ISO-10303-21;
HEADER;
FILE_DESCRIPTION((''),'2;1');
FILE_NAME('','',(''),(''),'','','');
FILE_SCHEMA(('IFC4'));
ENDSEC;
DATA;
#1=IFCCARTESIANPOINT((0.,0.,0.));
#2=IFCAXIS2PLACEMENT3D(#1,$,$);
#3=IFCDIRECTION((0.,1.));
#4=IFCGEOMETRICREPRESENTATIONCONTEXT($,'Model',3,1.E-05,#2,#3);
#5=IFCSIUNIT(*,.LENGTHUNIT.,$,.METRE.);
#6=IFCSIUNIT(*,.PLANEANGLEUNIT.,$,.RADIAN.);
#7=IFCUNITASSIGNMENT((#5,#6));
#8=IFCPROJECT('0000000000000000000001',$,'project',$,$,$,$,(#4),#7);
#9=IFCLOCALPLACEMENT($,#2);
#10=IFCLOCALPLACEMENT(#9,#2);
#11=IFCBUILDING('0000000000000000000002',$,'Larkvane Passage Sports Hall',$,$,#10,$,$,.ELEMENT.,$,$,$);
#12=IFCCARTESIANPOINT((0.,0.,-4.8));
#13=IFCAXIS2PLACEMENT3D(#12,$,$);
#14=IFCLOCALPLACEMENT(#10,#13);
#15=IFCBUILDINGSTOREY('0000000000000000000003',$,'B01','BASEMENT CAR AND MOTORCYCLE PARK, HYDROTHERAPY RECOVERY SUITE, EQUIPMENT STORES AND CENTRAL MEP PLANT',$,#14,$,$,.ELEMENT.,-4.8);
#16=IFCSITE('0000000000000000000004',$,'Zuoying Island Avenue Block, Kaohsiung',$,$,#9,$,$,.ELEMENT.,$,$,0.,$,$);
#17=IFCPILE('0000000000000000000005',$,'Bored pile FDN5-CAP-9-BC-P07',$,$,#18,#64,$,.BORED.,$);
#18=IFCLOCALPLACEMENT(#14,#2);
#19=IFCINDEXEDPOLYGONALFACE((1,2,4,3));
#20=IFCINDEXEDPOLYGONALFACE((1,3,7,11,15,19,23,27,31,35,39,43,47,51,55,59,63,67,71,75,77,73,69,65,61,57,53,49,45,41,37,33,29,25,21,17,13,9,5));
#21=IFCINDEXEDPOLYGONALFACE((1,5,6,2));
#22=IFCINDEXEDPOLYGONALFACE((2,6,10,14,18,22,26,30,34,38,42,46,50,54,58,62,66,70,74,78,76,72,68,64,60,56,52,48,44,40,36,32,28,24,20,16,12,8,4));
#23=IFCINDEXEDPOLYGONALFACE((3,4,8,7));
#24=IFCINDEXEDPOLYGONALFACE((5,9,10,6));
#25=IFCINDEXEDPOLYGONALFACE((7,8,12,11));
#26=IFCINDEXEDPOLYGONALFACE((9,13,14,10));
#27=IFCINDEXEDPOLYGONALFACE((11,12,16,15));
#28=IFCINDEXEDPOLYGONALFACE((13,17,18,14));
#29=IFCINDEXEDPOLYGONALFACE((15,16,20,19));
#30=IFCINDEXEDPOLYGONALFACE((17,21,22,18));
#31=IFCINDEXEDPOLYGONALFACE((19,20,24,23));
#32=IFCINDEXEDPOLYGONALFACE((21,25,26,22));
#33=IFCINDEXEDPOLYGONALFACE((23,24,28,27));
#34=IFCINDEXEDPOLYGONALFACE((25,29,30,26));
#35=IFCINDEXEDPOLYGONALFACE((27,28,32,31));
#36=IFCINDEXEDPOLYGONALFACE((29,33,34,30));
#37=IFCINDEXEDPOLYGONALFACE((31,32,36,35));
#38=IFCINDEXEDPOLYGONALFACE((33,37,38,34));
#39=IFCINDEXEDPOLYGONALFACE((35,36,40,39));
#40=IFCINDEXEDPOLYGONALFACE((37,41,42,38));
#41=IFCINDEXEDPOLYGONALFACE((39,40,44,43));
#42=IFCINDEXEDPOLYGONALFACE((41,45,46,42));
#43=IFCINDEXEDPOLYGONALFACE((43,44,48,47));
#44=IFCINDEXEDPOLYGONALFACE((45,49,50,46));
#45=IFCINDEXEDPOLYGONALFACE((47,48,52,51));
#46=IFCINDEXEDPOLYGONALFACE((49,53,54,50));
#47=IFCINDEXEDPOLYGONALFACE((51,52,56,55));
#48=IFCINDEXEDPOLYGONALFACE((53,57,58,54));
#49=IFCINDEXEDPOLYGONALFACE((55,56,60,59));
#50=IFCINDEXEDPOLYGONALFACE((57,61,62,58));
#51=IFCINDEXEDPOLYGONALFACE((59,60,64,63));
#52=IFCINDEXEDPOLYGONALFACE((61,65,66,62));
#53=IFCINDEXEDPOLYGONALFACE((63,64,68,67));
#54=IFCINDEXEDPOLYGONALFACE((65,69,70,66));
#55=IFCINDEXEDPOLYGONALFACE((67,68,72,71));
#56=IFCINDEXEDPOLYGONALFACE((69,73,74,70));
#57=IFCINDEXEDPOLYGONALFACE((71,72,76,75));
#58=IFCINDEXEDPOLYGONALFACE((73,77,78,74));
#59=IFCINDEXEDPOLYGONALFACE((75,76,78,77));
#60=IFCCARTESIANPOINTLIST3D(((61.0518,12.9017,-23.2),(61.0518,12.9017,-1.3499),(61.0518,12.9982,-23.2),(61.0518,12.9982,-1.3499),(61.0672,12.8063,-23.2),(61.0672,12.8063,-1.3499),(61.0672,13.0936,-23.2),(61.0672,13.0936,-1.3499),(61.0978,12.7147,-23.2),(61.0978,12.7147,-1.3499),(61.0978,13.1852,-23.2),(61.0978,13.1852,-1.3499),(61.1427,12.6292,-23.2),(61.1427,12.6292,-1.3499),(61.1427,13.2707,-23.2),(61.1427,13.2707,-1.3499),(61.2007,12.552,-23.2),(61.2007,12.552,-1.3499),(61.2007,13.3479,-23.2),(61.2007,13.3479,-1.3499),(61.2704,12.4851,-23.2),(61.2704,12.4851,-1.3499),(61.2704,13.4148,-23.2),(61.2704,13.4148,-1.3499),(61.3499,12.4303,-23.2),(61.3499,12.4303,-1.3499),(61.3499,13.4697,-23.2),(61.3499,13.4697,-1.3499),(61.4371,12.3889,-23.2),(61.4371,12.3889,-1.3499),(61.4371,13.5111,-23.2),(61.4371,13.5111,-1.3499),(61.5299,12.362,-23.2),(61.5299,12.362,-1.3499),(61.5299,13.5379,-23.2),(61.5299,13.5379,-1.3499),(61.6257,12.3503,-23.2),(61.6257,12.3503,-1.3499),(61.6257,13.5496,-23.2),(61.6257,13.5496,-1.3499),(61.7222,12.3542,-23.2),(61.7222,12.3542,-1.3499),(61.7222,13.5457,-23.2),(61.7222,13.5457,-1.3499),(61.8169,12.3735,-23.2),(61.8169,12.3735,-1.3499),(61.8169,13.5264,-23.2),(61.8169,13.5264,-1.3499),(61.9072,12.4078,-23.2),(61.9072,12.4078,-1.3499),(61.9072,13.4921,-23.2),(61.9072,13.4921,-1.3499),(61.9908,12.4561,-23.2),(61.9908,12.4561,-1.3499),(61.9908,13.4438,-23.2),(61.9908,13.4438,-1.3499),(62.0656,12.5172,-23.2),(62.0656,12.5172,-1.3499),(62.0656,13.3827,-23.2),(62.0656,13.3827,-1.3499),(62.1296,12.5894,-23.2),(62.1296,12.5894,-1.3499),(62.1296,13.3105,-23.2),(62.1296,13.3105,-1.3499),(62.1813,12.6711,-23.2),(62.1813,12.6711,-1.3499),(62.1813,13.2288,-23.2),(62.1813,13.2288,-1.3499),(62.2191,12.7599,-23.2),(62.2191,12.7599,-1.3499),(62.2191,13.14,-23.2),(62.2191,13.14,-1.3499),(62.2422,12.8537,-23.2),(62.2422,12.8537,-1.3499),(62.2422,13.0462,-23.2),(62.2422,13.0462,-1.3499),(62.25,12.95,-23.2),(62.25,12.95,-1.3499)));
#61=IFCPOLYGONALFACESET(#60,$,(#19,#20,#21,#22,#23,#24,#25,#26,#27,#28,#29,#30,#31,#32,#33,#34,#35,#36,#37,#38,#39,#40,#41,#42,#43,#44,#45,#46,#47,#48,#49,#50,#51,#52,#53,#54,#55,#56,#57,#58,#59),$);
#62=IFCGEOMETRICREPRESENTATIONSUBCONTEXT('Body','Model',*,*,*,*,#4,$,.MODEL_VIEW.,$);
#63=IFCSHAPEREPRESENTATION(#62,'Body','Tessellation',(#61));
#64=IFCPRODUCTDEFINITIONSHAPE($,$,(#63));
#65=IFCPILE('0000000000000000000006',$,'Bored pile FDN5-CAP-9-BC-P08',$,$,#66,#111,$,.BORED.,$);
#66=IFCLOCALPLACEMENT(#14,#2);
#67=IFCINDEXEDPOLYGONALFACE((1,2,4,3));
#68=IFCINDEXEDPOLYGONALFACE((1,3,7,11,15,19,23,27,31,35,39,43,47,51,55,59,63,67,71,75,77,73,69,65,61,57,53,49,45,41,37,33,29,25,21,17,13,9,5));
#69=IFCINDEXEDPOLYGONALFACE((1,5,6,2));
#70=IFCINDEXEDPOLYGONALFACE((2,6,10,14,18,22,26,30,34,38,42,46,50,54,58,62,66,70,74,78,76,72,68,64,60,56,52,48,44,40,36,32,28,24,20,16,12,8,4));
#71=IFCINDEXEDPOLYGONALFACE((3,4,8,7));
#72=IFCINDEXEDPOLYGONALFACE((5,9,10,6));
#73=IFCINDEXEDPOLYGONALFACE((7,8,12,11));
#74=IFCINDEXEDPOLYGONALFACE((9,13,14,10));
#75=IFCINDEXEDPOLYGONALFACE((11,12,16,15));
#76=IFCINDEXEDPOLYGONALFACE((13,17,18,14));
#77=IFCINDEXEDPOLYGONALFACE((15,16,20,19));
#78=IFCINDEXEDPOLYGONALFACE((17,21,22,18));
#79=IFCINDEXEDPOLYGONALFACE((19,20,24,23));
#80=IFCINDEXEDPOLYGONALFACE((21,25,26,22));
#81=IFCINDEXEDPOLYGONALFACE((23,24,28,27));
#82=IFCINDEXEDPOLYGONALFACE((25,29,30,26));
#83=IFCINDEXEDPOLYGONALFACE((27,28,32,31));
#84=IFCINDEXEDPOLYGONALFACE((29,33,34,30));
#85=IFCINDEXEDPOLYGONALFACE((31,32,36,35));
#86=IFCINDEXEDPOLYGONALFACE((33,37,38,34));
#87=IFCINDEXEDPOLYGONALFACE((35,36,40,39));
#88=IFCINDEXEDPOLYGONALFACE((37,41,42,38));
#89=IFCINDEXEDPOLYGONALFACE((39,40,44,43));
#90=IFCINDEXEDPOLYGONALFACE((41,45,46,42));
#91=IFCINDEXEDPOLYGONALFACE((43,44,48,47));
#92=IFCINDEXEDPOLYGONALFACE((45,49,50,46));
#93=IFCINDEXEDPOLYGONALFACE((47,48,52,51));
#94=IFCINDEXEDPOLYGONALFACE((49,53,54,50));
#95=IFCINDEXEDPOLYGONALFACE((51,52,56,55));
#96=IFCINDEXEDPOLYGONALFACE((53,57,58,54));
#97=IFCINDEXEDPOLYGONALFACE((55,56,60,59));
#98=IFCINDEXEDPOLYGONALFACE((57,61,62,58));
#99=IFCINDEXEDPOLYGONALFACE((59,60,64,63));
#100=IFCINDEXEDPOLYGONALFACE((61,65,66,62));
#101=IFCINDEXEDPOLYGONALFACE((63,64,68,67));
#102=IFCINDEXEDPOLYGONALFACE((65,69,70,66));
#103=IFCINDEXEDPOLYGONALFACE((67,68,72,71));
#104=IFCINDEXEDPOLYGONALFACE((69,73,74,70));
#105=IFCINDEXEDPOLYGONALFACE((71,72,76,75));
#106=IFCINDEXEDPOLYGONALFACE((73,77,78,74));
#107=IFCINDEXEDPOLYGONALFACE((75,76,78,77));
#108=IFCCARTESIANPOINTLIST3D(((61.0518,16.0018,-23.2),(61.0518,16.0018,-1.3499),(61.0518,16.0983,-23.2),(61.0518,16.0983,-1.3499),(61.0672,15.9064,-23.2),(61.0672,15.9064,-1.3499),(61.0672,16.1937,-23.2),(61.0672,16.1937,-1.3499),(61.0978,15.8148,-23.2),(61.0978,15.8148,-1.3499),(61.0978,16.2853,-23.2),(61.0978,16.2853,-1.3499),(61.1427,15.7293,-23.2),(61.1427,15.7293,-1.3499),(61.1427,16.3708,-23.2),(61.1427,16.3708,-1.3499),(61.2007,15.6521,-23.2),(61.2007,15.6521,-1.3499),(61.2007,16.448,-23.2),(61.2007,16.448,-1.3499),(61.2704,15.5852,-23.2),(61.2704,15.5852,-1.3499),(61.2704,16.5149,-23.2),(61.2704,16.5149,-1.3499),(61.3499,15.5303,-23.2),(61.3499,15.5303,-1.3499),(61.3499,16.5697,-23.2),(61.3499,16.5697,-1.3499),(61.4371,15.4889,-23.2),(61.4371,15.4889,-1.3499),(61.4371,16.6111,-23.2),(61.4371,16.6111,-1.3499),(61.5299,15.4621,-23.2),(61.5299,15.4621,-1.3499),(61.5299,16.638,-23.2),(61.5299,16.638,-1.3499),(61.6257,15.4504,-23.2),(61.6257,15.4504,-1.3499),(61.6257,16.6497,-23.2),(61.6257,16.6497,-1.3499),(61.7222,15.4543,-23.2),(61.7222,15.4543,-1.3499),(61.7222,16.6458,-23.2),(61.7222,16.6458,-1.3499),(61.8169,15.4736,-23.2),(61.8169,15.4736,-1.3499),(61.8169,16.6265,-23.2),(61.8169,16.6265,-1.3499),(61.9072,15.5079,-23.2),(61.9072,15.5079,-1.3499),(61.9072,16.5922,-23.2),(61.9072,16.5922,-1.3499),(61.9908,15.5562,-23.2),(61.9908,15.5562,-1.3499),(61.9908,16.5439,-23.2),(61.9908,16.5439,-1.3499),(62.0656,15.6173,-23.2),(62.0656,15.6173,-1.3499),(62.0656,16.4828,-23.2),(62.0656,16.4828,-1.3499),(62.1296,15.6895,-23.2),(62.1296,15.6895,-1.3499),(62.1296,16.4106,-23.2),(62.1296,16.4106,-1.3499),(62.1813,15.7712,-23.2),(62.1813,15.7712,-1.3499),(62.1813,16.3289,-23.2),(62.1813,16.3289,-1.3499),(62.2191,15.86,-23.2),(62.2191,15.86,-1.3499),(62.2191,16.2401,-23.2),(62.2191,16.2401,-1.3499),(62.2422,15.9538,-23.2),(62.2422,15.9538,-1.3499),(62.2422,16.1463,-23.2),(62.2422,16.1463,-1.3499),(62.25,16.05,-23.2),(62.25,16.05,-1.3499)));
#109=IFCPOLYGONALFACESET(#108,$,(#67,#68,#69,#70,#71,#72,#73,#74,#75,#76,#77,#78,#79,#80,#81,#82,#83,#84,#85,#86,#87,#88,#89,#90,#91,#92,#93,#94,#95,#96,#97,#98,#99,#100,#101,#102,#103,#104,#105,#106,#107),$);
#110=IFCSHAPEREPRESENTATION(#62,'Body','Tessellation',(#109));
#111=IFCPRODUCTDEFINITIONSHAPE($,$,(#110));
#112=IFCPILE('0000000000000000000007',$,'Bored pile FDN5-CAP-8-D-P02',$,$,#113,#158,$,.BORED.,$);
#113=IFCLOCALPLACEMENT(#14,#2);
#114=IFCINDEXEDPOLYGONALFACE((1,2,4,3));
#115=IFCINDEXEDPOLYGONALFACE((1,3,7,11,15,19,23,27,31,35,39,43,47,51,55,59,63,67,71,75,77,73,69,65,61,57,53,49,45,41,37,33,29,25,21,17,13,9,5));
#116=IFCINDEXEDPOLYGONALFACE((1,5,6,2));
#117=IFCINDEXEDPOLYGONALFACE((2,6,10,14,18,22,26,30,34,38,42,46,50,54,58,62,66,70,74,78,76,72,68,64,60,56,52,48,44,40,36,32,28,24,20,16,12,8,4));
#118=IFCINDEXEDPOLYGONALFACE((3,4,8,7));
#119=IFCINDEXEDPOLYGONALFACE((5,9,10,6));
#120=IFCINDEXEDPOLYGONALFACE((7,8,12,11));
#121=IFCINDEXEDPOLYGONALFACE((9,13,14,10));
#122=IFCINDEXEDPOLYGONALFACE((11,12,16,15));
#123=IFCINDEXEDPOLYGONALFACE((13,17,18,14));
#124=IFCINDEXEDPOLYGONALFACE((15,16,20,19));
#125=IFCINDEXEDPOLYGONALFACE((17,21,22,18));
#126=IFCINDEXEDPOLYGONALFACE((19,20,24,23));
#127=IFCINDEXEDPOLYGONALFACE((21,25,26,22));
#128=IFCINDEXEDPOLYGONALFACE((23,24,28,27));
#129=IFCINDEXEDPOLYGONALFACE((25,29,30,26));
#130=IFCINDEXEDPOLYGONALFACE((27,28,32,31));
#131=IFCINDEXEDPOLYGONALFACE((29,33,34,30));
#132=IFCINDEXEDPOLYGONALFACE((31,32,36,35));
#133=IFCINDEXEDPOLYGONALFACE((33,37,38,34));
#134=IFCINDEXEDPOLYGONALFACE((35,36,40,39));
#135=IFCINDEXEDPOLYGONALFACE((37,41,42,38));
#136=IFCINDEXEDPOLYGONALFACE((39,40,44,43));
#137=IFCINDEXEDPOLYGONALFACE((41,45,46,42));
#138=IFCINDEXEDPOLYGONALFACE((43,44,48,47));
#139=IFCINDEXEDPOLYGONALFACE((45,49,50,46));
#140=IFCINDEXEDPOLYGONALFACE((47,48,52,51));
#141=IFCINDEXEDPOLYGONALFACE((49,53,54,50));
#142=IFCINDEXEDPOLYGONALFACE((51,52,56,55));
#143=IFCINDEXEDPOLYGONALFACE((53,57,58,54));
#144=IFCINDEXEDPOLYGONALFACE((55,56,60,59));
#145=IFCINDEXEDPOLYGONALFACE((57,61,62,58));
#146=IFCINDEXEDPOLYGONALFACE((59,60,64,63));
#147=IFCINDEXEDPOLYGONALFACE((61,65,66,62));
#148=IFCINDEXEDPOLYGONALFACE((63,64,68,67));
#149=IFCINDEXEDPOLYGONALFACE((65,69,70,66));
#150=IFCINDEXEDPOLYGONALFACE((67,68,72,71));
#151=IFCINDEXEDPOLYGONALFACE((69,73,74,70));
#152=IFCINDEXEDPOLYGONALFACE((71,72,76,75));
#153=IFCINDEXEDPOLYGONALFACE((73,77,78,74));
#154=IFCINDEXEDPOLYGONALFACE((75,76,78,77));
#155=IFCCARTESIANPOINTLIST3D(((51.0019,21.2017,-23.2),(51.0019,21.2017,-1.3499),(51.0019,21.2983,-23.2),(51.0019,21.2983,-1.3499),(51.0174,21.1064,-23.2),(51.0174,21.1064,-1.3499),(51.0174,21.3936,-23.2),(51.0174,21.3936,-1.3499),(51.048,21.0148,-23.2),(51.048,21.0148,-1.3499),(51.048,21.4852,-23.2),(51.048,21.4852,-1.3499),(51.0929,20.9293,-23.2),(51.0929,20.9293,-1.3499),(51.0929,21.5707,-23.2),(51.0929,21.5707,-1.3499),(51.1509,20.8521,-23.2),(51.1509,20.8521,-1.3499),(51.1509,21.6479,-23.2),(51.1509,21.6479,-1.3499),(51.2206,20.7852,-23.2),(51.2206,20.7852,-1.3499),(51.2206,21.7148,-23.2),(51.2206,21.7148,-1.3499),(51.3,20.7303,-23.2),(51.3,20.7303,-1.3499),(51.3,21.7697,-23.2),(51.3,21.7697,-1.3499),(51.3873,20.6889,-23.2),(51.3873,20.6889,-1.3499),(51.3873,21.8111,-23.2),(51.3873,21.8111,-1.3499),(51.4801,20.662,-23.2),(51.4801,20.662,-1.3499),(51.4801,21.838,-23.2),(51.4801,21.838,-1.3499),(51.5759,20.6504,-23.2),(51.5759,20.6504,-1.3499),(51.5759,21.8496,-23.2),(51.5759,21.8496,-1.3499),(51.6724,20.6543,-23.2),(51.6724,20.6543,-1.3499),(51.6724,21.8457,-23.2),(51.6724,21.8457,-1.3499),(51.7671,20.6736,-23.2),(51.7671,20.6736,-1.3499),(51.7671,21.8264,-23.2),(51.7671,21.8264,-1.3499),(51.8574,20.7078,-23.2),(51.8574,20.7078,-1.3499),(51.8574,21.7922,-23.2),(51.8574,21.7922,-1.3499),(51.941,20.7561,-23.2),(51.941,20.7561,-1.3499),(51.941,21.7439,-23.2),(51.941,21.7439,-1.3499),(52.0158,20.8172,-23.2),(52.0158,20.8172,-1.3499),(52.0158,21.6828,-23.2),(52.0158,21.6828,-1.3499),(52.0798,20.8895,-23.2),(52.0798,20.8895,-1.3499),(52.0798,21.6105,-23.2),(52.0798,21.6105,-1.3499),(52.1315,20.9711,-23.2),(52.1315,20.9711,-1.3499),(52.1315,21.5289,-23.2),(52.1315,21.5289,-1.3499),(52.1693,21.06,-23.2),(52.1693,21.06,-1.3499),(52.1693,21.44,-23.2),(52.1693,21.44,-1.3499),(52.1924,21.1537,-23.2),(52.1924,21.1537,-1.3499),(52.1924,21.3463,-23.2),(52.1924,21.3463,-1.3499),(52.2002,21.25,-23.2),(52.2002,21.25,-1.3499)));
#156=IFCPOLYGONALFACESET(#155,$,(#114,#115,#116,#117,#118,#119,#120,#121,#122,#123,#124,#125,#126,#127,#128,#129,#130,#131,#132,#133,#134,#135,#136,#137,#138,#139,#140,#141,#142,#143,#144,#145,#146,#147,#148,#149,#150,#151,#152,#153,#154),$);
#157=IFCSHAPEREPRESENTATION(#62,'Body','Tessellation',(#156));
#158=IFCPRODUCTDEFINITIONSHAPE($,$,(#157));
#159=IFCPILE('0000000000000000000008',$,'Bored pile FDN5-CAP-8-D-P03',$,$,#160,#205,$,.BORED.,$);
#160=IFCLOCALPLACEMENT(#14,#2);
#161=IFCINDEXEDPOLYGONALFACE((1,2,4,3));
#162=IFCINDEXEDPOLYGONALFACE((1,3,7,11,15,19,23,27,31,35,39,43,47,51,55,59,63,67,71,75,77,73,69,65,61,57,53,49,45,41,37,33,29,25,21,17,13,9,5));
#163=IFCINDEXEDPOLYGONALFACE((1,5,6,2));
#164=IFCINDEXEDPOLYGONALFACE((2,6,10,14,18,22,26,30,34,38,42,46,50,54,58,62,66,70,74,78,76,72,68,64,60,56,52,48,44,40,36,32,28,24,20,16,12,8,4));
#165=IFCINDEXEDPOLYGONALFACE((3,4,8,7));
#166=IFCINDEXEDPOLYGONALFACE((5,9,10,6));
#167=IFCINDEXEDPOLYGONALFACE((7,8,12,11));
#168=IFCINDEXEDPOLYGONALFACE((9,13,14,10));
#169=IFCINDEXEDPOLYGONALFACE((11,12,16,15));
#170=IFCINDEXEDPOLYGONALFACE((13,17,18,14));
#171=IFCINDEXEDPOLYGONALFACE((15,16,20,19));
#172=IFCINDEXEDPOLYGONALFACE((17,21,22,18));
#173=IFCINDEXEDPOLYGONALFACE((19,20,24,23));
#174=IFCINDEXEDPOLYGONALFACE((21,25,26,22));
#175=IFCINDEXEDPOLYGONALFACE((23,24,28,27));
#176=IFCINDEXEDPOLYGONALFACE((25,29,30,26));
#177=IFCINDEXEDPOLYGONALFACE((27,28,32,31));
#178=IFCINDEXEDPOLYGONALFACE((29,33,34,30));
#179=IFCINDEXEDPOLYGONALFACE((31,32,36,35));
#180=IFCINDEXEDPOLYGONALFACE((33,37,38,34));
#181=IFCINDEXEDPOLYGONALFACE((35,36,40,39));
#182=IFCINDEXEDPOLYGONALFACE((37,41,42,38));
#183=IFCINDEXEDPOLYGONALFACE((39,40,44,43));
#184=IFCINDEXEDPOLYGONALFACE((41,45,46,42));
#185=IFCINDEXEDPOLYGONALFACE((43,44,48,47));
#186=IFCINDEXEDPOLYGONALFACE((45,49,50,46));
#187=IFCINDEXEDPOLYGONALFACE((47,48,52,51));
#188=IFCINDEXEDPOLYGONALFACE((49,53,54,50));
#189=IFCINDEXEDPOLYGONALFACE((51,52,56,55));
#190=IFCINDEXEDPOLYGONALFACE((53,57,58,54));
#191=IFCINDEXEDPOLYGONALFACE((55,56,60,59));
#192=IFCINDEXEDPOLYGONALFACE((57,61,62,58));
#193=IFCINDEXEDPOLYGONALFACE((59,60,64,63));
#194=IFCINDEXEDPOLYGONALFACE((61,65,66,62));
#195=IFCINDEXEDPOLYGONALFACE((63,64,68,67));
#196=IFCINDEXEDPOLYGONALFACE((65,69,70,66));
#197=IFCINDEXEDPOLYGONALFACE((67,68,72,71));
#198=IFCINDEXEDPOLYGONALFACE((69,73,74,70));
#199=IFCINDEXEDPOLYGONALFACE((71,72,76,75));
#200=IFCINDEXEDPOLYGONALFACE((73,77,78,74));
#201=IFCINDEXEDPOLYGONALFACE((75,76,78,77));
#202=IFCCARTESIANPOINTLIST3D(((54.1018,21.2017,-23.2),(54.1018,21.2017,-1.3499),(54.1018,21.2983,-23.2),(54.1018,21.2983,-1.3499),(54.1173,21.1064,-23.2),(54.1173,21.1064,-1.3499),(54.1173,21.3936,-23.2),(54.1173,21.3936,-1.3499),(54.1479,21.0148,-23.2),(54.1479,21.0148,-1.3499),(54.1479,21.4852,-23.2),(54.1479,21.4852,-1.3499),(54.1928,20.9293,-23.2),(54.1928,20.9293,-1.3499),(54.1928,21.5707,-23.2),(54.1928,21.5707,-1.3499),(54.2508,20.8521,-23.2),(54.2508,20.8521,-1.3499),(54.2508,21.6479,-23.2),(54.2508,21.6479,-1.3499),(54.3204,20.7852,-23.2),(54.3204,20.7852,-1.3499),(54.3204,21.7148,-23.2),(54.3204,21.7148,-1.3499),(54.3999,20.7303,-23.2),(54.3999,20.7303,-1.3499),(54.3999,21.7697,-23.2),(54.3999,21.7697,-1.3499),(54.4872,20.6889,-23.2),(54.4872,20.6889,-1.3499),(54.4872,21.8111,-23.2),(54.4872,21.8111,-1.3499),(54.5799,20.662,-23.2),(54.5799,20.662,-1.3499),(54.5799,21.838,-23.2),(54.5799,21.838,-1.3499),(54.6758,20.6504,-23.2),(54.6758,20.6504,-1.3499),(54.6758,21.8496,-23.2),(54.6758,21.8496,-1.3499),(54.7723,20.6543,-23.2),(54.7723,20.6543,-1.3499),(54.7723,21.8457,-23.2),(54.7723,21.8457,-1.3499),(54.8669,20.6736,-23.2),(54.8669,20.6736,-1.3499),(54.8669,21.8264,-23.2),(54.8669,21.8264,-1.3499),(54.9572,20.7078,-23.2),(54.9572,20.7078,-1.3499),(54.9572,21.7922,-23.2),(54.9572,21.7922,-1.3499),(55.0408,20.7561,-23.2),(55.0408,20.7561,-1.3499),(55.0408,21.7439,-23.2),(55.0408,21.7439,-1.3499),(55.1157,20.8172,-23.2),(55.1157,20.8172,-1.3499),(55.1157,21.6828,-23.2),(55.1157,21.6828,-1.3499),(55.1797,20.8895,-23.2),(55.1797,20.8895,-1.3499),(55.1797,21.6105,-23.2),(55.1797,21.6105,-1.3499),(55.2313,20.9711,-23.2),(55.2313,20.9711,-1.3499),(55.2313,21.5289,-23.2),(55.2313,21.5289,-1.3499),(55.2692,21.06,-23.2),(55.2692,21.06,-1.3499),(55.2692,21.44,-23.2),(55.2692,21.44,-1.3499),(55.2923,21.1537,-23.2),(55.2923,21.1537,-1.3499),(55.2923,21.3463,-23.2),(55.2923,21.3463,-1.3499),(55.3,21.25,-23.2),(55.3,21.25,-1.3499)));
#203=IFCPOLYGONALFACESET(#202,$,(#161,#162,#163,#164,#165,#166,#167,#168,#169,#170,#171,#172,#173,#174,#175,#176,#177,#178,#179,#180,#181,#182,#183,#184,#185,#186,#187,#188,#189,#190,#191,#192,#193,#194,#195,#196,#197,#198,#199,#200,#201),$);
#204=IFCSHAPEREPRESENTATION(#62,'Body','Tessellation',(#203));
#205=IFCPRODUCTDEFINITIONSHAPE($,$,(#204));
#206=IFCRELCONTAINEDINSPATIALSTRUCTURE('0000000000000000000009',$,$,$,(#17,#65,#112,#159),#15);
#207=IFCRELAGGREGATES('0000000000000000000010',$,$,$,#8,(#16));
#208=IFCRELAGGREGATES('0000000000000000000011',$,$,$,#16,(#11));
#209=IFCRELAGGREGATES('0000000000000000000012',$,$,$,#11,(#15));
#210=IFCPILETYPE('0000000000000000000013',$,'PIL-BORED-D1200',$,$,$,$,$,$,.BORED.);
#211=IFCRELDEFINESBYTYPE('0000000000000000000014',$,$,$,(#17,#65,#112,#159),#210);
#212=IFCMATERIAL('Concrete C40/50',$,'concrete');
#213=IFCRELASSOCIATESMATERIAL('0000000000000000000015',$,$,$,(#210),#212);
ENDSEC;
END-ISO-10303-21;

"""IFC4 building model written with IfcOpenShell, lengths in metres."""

from ifc_helpers import new_model, si_unit, direction, frame, origin, origin_2d, place, context, subcontext, project, spatial, circle, extrude, material, material_profile, profile_set, type_object, element, save


model = new_model("IFC4")

# Units and contexts
model_context = context("Model", 3, precision=1e-05, world=origin(), true_north=direction((0.0, 1.0)))
body_context = subcontext(model_context, "Body", "Model", "MODEL_VIEW")
ifc_project = project(units=[si_unit("LENGTHUNIT", "METRE"), si_unit("PLANEANGLEUNIT", "RADIAN")], contexts=[model_context])

# Site, building, storey
site_placement = place(None, origin())
site = spatial("IfcSite", under=ifc_project, at=site_placement, Name="Zuoying Island Avenue Block, Kaohsiung", CompositionType="ELEMENT", RefElevation=0.0)
building_placement = place(site_placement, origin())
building = spatial("IfcBuilding", under=site, at=building_placement, Name="Larkvane Passage Sports Hall", CompositionType="ELEMENT")
storey_placement = place(building_placement, frame((0.0, 0.0, -4.8)))
storey = spatial("IfcBuildingStorey", under=building, at=storey_placement, Name="B01", Description="BASEMENT CAR AND MOTORCYCLE PARK, HYDROTHERAPY RECOVERY SUITE, EQUIPMENT STORES AND CENTRAL MEP PLANT", CompositionType="ELEMENT", Elevation=-4.8)

# Shared definitions
ifc_material_1 = material(Name="Concrete C40/50", Category="concrete")

# Piles
ifc_material_profile_1 = material_profile(ifc_material_1, circle(Radius=0.6001, at=origin_2d()), Name="PILE-D1200")
ifc_profile_set_1 = profile_set([ifc_material_profile_1], Name="Concrete C40/50")
pile_type = type_object("IfcPileType", Name="PIL-BORED-D1200", PredefinedType="BORED", material=ifc_profile_set_1)
for number, where, z_axis, x_axis, name in (
    (1, (61.6499, 12.95, -1.3499), (0.0, 0.0, -1.0), (1.0, 0.0, 0.0), "Bored pile FDN5-CAP-9-BC-P07"),
    (2, (61.6499, 16.05, -1.3499), (0.0, 0.0, -1.0), (1.0, 0.0, 0.0), "Bored pile FDN5-CAP-9-BC-P08"),
    (3, (51.6001, 21.25, -1.3499), (0.0, 0.0, -1.0), (1.0, 0.0, 0.0), "Bored pile FDN5-CAP-8-D-P02"),
    (4, (54.7, 21.25, -1.3499), (0.0, 0.0, -1.0), (1.0, 0.0, 0.0), "Bored pile FDN5-CAP-8-D-P03"),
):
    element("IfcPile", number, at=place(storey_placement, frame(where, z_axis=z_axis, x_axis=x_axis)), inside=storey, type_object=pile_type, Name=name, PredefinedType="BORED", context=body_context, shape_type="SweptSolid", body=[
        extrude(circle(Radius=0.6001, at=origin_2d()), origin(), (0.0, 0.0, 1.0), 21.8501),
    ])

save(model, "model.ifc")
